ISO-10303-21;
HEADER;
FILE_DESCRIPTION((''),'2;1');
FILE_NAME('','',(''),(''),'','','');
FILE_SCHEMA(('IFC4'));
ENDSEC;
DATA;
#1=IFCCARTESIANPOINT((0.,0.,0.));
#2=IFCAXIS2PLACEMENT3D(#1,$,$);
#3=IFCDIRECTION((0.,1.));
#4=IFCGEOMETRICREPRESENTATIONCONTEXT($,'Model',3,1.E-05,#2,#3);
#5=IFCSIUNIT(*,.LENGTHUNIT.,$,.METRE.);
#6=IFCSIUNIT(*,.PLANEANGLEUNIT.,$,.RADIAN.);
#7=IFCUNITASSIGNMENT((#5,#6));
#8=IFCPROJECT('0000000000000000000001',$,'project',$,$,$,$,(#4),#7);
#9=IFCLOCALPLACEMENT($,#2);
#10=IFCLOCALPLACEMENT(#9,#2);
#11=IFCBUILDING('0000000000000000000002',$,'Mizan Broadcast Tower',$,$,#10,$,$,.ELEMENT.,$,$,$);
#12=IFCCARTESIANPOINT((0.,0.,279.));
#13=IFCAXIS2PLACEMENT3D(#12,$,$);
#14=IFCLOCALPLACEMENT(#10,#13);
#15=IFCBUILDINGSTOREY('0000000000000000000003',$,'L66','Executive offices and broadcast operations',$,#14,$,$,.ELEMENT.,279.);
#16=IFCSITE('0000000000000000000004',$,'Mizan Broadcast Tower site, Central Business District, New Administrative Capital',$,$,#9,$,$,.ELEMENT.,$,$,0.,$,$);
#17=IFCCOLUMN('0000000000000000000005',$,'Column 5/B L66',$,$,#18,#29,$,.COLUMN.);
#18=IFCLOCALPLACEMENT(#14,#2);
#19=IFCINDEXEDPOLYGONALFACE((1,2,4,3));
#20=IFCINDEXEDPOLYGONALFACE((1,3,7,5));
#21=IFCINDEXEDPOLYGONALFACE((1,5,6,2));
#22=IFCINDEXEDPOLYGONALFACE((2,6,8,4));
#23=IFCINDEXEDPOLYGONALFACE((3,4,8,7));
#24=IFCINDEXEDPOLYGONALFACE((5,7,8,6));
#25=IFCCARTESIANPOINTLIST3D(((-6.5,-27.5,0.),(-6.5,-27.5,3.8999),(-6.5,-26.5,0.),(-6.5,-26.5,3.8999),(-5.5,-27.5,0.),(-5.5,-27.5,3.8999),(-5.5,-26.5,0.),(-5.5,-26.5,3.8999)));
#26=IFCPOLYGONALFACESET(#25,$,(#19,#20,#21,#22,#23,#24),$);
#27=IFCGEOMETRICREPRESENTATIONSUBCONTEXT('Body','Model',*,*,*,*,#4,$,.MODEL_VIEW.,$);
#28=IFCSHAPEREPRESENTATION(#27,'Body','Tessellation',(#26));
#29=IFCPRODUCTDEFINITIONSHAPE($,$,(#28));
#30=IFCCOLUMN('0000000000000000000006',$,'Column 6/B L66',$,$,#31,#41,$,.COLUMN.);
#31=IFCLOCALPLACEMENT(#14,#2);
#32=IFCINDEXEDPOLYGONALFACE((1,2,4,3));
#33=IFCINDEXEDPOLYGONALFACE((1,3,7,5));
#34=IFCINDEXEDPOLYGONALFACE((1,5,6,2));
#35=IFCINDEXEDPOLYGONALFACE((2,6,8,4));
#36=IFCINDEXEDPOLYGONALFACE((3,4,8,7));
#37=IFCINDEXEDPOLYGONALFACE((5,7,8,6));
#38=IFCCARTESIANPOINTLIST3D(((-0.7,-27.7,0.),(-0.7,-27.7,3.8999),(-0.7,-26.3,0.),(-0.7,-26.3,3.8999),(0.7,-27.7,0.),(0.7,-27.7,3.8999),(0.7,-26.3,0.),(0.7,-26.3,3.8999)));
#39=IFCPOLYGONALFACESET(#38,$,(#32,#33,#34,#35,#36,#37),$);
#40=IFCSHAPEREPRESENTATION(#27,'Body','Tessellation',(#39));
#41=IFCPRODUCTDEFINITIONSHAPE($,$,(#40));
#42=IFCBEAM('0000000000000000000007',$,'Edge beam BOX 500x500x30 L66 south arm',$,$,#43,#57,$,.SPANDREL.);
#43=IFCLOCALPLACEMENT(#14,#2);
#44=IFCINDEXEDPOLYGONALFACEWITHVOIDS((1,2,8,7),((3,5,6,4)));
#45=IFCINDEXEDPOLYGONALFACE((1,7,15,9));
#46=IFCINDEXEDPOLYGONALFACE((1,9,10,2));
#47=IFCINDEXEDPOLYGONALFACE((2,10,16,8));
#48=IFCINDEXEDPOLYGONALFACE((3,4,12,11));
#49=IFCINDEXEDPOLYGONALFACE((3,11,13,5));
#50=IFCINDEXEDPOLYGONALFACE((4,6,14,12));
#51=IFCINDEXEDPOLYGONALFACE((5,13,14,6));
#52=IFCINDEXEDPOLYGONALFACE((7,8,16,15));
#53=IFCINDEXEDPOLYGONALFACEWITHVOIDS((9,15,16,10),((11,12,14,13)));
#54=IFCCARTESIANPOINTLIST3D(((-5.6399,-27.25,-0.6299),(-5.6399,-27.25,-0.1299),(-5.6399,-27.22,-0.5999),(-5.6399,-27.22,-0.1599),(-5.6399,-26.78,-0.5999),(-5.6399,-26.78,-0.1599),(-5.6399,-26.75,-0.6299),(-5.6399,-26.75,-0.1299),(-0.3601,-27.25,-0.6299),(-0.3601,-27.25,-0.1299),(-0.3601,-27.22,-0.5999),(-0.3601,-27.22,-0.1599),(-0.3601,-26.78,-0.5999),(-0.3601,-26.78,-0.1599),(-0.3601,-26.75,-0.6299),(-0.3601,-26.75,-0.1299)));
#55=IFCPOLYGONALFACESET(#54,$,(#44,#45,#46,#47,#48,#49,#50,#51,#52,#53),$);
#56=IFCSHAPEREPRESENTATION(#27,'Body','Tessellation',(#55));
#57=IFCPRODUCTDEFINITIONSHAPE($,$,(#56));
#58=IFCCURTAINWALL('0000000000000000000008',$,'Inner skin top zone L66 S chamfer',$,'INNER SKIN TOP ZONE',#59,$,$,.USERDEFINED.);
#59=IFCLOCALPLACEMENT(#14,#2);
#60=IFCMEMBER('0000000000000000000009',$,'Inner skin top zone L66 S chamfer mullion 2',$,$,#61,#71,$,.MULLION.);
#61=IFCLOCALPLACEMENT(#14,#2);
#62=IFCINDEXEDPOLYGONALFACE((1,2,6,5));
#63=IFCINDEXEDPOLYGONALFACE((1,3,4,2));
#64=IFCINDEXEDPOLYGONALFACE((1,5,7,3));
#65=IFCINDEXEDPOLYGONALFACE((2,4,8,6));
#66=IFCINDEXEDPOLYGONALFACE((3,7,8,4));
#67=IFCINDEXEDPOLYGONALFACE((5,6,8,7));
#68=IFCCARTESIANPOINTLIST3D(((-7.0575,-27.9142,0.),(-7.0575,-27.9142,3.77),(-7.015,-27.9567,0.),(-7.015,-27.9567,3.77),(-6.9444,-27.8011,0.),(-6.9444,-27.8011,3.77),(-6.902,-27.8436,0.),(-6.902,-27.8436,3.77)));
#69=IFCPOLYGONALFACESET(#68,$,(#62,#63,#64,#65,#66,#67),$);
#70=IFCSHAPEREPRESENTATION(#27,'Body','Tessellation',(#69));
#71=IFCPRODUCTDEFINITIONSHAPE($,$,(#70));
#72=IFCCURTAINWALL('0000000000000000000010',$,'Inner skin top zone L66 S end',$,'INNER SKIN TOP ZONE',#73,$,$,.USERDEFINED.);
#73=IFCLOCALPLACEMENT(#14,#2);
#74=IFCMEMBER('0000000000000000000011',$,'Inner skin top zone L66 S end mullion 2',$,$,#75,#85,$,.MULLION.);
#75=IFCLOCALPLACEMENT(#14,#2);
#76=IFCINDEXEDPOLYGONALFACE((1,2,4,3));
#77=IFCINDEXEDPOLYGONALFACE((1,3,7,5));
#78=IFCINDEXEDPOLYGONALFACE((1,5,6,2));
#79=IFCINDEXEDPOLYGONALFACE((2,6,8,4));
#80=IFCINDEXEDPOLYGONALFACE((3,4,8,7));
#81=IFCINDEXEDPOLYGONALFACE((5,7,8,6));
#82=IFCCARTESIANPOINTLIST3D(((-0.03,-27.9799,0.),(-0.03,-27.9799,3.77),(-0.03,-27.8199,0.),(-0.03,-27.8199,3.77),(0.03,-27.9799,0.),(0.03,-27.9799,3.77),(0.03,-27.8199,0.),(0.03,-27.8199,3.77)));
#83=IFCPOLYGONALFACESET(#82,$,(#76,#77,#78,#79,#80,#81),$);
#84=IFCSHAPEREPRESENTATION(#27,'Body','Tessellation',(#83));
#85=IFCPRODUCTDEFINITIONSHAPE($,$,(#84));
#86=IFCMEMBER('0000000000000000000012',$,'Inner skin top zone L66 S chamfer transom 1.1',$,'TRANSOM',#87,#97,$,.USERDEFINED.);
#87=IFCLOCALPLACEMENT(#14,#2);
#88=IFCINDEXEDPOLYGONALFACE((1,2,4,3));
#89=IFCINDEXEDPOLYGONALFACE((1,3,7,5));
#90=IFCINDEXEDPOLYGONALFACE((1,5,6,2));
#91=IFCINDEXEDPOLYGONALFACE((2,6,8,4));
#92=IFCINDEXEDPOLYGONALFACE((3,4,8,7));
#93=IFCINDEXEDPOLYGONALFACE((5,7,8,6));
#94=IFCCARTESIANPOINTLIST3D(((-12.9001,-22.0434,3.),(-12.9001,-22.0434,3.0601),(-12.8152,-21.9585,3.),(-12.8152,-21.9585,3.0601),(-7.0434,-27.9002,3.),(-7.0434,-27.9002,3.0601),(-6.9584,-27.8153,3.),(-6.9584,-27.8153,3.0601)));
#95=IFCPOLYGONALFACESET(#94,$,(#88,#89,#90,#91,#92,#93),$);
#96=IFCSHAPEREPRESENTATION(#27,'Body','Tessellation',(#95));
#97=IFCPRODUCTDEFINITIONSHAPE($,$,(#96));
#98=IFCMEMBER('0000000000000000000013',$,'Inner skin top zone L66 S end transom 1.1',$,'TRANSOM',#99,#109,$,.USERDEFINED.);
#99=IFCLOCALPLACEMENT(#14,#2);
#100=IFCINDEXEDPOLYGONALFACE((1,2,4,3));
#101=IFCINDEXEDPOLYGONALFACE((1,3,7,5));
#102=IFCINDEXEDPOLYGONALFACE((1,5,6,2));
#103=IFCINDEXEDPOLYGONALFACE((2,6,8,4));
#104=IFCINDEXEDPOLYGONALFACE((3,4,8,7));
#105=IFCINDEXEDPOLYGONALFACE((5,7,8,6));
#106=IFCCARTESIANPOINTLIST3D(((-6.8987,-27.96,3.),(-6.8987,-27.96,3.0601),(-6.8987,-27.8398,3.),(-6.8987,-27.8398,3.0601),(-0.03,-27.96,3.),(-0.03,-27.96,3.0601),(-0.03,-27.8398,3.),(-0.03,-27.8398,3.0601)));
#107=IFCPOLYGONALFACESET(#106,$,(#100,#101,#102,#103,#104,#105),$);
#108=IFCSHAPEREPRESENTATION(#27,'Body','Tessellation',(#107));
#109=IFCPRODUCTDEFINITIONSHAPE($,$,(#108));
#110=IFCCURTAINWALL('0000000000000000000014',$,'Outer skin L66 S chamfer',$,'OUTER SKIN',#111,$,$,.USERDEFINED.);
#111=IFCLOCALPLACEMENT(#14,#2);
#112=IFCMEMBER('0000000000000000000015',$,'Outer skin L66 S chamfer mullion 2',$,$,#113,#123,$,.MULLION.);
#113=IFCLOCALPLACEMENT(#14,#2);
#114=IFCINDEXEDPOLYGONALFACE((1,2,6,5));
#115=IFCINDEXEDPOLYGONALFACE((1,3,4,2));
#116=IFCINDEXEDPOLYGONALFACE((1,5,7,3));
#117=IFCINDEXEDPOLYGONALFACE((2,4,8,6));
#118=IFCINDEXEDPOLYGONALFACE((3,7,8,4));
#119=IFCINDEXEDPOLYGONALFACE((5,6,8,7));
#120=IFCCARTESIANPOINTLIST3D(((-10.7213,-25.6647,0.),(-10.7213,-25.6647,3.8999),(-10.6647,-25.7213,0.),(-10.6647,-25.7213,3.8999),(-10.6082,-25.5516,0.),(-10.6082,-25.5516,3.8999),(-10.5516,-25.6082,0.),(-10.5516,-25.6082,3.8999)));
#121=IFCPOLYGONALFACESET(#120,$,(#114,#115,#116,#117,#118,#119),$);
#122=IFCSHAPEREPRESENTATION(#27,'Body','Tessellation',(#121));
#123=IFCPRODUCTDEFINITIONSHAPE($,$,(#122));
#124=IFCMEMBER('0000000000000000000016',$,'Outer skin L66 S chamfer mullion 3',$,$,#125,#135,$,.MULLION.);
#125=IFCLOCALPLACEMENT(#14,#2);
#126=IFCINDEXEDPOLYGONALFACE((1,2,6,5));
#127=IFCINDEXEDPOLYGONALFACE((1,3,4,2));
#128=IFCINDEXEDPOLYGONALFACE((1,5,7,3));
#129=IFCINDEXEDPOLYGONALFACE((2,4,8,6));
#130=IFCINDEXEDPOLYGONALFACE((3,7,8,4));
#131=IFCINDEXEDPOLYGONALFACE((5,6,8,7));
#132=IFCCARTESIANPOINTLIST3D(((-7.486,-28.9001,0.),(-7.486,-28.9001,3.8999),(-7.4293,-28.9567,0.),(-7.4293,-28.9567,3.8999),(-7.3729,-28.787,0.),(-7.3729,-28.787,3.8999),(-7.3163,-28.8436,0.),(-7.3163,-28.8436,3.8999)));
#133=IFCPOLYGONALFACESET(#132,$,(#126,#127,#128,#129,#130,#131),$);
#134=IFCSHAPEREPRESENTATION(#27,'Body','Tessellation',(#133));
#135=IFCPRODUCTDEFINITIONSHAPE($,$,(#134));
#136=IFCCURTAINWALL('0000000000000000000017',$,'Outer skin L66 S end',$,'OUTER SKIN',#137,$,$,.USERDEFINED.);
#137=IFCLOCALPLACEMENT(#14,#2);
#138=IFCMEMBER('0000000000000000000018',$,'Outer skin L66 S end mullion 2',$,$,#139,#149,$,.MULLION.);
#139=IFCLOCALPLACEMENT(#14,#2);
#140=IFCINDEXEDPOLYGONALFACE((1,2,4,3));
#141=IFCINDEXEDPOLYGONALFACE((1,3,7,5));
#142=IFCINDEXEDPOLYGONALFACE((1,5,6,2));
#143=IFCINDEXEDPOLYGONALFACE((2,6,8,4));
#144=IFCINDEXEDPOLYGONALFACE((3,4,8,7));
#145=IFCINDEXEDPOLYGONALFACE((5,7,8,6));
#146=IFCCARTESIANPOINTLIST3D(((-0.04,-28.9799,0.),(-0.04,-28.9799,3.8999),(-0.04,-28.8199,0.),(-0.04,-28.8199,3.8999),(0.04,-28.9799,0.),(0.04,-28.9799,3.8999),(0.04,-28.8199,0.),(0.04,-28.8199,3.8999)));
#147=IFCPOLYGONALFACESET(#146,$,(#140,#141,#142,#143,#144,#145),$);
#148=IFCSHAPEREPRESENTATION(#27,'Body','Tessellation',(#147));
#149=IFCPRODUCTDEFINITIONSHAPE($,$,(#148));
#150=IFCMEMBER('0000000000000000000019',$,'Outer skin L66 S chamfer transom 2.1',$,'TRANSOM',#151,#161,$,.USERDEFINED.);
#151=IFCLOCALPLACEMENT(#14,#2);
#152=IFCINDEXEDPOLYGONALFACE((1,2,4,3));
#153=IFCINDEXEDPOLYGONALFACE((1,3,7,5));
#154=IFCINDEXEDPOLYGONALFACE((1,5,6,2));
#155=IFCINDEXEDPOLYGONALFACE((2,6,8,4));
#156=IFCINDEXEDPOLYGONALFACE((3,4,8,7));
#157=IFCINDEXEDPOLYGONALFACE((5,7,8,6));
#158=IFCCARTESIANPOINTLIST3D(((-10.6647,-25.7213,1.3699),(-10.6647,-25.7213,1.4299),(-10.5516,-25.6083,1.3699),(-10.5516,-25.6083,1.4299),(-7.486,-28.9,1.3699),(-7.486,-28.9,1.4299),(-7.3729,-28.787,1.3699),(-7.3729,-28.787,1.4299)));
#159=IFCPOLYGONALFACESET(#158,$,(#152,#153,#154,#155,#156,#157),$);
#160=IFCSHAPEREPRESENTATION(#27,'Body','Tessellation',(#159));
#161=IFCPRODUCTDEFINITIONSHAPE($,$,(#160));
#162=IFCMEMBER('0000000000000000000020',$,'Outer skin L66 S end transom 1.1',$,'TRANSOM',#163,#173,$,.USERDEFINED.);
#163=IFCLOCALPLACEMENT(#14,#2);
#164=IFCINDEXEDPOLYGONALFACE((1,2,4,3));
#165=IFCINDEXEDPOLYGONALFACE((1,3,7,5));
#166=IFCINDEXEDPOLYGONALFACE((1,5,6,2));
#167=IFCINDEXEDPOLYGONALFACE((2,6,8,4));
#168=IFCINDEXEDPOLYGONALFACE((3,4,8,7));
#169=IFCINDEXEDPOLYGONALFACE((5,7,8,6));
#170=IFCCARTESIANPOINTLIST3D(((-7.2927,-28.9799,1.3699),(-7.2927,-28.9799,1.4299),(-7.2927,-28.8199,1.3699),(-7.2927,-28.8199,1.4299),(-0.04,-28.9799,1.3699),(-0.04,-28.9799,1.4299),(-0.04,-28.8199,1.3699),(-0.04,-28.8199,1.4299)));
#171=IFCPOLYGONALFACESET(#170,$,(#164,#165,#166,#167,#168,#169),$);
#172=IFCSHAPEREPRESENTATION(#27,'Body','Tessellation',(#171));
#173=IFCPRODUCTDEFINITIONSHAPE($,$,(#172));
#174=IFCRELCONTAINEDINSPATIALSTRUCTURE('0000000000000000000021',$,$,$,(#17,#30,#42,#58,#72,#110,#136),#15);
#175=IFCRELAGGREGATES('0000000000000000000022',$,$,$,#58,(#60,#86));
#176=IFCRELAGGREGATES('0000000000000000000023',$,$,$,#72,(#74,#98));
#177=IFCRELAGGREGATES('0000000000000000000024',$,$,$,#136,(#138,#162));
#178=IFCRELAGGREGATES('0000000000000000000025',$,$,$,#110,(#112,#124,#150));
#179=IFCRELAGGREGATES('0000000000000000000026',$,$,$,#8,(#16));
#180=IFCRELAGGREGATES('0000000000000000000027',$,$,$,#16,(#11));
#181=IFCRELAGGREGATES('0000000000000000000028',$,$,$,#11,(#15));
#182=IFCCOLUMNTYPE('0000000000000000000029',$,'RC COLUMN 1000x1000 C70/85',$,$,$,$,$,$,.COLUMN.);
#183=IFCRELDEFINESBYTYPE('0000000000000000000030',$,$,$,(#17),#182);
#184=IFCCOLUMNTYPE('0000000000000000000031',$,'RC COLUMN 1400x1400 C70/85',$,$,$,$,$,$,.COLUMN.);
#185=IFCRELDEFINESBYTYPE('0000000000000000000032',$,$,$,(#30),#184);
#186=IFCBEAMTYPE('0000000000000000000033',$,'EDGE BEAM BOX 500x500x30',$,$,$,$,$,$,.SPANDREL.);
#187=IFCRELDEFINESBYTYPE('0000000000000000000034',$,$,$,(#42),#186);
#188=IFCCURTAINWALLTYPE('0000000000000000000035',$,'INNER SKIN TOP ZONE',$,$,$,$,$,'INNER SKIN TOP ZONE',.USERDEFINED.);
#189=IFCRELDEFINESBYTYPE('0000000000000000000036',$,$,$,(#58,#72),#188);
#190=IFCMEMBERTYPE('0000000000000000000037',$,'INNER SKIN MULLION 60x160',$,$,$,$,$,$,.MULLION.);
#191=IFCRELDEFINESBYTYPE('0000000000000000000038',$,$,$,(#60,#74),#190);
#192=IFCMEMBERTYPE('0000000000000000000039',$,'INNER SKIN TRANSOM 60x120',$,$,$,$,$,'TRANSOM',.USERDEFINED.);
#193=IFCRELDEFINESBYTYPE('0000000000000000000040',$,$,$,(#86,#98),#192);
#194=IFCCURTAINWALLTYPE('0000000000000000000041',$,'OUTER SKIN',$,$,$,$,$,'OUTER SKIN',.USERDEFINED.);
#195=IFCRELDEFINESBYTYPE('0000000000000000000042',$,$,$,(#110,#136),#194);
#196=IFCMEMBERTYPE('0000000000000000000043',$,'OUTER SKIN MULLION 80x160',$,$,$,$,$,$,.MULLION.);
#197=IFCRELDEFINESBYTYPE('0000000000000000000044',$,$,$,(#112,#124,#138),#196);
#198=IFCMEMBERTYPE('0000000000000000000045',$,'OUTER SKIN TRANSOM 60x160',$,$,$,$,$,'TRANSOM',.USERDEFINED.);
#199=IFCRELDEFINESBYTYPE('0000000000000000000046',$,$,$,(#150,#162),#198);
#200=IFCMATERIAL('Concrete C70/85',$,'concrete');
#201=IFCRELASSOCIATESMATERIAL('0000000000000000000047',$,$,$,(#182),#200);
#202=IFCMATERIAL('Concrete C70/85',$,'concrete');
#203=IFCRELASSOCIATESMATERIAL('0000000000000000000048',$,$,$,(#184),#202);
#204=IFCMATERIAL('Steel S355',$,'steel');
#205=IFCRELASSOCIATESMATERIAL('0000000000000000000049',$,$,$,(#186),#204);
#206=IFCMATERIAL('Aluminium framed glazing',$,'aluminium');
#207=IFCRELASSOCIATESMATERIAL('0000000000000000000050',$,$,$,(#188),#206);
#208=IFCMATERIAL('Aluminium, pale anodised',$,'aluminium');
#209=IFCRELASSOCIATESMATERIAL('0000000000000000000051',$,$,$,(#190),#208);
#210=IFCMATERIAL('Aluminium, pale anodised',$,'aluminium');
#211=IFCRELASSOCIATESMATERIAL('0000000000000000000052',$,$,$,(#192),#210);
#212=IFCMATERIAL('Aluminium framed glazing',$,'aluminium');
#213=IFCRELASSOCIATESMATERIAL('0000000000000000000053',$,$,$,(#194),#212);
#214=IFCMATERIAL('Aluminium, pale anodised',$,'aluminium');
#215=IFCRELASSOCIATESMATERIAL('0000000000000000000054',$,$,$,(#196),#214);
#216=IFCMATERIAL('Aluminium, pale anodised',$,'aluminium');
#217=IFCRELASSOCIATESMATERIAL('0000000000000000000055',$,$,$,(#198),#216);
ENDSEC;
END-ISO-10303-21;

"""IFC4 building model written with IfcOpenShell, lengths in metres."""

from ifc_helpers import new_model, si_unit, direction, frame, origin, origin_2d, place, context, subcontext, project, spatial, rectangle, hollow_rectangle, extrude, material, material_profile, profile_set, type_object, element, aggregate, save


model = new_model("IFC4")

# Units and contexts
model_context = context("Model", 3, precision=1e-05, world=origin(), true_north=direction((0.0, 1.0)))
body_context = subcontext(model_context, "Body", "Model", "MODEL_VIEW")
ifc_project = project(units=[si_unit("LENGTHUNIT", "METRE"), si_unit("PLANEANGLEUNIT", "RADIAN")], contexts=[model_context])

# Site, building, storey
site_placement = place(None, origin())
site = spatial("IfcSite", under=ifc_project, at=site_placement, Name="Mizan Broadcast Tower site, Central Business District, New Administrative Capital", CompositionType="ELEMENT", RefElevation=0.0)
building_placement = place(site_placement, origin())
building = spatial("IfcBuilding", under=site, at=building_placement, Name="Mizan Broadcast Tower", CompositionType="ELEMENT")
storey_placement = place(building_placement, frame((0.0, 0.0, 279.0)))
storey = spatial("IfcBuildingStorey", under=building, at=storey_placement, Name="L66", Description="Executive offices and broadcast operations", CompositionType="ELEMENT", Elevation=279.0)

# Columns
ifc_material_1 = material(Name="Concrete C70/85", Category="concrete")
ifc_material_profile_1 = material_profile(ifc_material_1, rectangle(XDim=1.0, YDim=1.0, at=origin_2d()), Name="RC 1000x1000")
ifc_profile_set_1 = profile_set([ifc_material_profile_1], Name="Concrete C70/85")
column_type_1 = type_object("IfcColumnType", Name="RC COLUMN 1000x1000 C70/85", PredefinedType="COLUMN", material=ifc_profile_set_1)
column_1_placement = place(storey_placement, frame((-6.0, -27.0, 0.0), z_axis=(0.0, 0.0, 1.0), x_axis=(1.0, 0.0, 0.0)))
element("IfcColumn", 1, at=column_1_placement, inside=storey, type_object=column_type_1, Name="Column 5/B L66", PredefinedType="COLUMN", context=body_context, shape_type="SweptSolid", body=[
    extrude(rectangle(XDim=1.0, YDim=1.0, at=origin_2d()), origin(), (0.0, 0.0, 1.0), 3.8999),
])
ifc_material_2 = material(Name="Concrete C70/85", Category="concrete")
ifc_material_profile_2 = material_profile(ifc_material_2, rectangle(XDim=1.3999, YDim=1.3999, at=origin_2d()), Name="RC 1400x1400")
ifc_profile_set_2 = profile_set([ifc_material_profile_2], Name="Concrete C70/85")
column_type_2 = type_object("IfcColumnType", Name="RC COLUMN 1400x1400 C70/85", PredefinedType="COLUMN", material=ifc_profile_set_2)
column_2_placement = place(storey_placement, frame((0.0, -27.0, 0.0), z_axis=(0.0, 0.0, 1.0), x_axis=(1.0, 0.0, 0.0)))
element("IfcColumn", 2, at=column_2_placement, inside=storey, type_object=column_type_2, Name="Column 6/B L66", PredefinedType="COLUMN", context=body_context, shape_type="SweptSolid", body=[
    extrude(rectangle(XDim=1.3999, YDim=1.3999, at=origin_2d()), origin(), (0.0, 0.0, 1.0), 3.8999),
])

# Beam
ifc_material_3 = material(Name="Steel S355", Category="steel")
ifc_material_profile_3 = material_profile(ifc_material_3, hollow_rectangle(XDim=0.5, YDim=0.5, WallThickness=0.03, at=origin_2d()), Name="BOX 500x500x30")
ifc_profile_set_3 = profile_set([ifc_material_profile_3], Name="Steel S355")
beam_type_1 = type_object("IfcBeamType", Name="EDGE BEAM BOX 500x500x30", PredefinedType="SPANDREL", material=ifc_profile_set_3)
beam_1_placement = place(storey_placement, frame((-5.6399, -27.0, -0.3799), z_axis=(1.0, 0.0, 0.0), x_axis=(0.0, 1.0, 0.0)))
element("IfcBeam", 3, at=beam_1_placement, inside=storey, type_object=beam_type_1, Name="Edge beam BOX 500x500x30 L66 south arm", PredefinedType="SPANDREL", context=body_context, shape_type="SweptSolid", body=[
    extrude(hollow_rectangle(XDim=0.5, YDim=0.5, WallThickness=0.03, at=origin_2d()), origin(), (0.0, 0.0, 1.0), 5.2798),
])

# Curtain walls, members
ifc_material_4 = material(Name="Aluminium framed glazing", Category="aluminium")
curtain_wall_type_1 = type_object("IfcCurtainWallType", Name="INNER SKIN TOP ZONE", ElementType="INNER SKIN TOP ZONE", PredefinedType="USERDEFINED", material=ifc_material_4)
curtain_wall_1_placement = place(storey_placement, origin())
curtain_wall_1 = element("IfcCurtainWall", 4, at=curtain_wall_1_placement, inside=storey, type_object=curtain_wall_type_1, Name="Inner skin top zone L66 S chamfer", ObjectType="INNER SKIN TOP ZONE", PredefinedType="USERDEFINED")
ifc_material_5 = material(Name="Aluminium, pale anodised", Category="aluminium")
ifc_material_profile_4 = material_profile(ifc_material_5, rectangle(XDim=0.1599, YDim=0.0601, at=origin_2d()), Name="MULLION 160x60")
ifc_profile_set_4 = profile_set([ifc_material_profile_4], Name="Aluminium, pale anodised")
member_type_1 = type_object("IfcMemberType", Name="INNER SKIN MULLION 60x160", PredefinedType="MULLION", material=ifc_profile_set_4)
member_1_placement = place(storey_placement, frame((-6.9797, -27.8789, 0.0), z_axis=(0.0, 0.0, 1.0), x_axis=(0.707107, 0.707107, 0.0)))
member_1 = element("IfcMember", 5, at=member_1_placement, type_object=member_type_1, Name="Inner skin top zone L66 S chamfer mullion 2", PredefinedType="MULLION", context=body_context, shape_type="SweptSolid", body=[
    extrude(rectangle(XDim=0.1599, YDim=0.0601, at=origin_2d()), origin(), (0.0, 0.0, 1.0), 3.77),
])
curtain_wall_2_placement = place(storey_placement, origin())
curtain_wall_2 = element("IfcCurtainWall", 6, at=curtain_wall_2_placement, inside=storey, type_object=curtain_wall_type_1, Name="Inner skin top zone L66 S end", ObjectType="INNER SKIN TOP ZONE", PredefinedType="USERDEFINED")
member_2_placement = place(storey_placement, frame((0.0, -27.8999, 0.0), z_axis=(0.0, 0.0, 1.0), x_axis=(0.0, 1.0, 0.0)))
member_2 = element("IfcMember", 7, at=member_2_placement, type_object=member_type_1, Name="Inner skin top zone L66 S end mullion 2", PredefinedType="MULLION", context=body_context, shape_type="SweptSolid", body=[
    extrude(rectangle(XDim=0.1599, YDim=0.0601, at=origin_2d()), origin(), (0.0, 0.0, 1.0), 3.77),
])

# Members
ifc_material_6 = material(Name="Aluminium, pale anodised", Category="aluminium")
ifc_material_profile_5 = material_profile(ifc_material_6, rectangle(XDim=0.1201, YDim=0.0601, at=origin_2d()), Name="TRANSOM 120x60")
ifc_profile_set_5 = profile_set([ifc_material_profile_5], Name="Aluminium, pale anodised")
member_type_2 = type_object("IfcMemberType", Name="INNER SKIN TRANSOM 60x120", ElementType="TRANSOM", PredefinedType="USERDEFINED", material=ifc_profile_set_5)
member_3_placement = place(storey_placement, frame((-12.8577, -22.001, 3.03), z_axis=(0.707107, -0.707107, 0.0), x_axis=(0.707107, 0.707107, 0.0)))
member_3 = element("IfcMember", 8, at=member_3_placement, type_object=member_type_2, Name="Inner skin top zone L66 S chamfer transom 1.1", ObjectType="TRANSOM", PredefinedType="USERDEFINED", context=body_context, shape_type="SweptSolid", body=[
    extrude(rectangle(XDim=0.1201, YDim=0.0601, at=origin_2d()), origin(), (0.0, 0.0, 1.0), 8.2827),
])
member_4_placement = place(storey_placement, frame((-6.8987, -27.8999, 3.03), z_axis=(1.0, 0.0, 0.0), x_axis=(0.0, 1.0, 0.0)))
member_4 = element("IfcMember", 9, at=member_4_placement, type_object=member_type_2, Name="Inner skin top zone L66 S end transom 1.1", ObjectType="TRANSOM", PredefinedType="USERDEFINED", context=body_context, shape_type="SweptSolid", body=[
    extrude(rectangle(XDim=0.1201, YDim=0.0601, at=origin_2d()), origin(), (0.0, 0.0, 1.0), 6.8687),
])

# Curtain wall, members
ifc_material_7 = material(Name="Aluminium framed glazing", Category="aluminium")
curtain_wall_type_2 = type_object("IfcCurtainWallType", Name="OUTER SKIN", ElementType="OUTER SKIN", PredefinedType="USERDEFINED", material=ifc_material_7)
curtain_wall_3_placement = place(storey_placement, origin())
curtain_wall_3 = element("IfcCurtainWall", 10, at=curtain_wall_3_placement, inside=storey, type_object=curtain_wall_type_2, Name="Outer skin L66 S chamfer", ObjectType="OUTER SKIN", PredefinedType="USERDEFINED")
ifc_material_8 = material(Name="Aluminium, pale anodised", Category="aluminium")
ifc_material_profile_6 = material_profile(ifc_material_8, rectangle(XDim=0.1599, YDim=0.0801, at=origin_2d()), Name="MULLION 160x80")
ifc_profile_set_6 = profile_set([ifc_material_profile_6], Name="Aluminium, pale anodised")
member_type_3 = type_object("IfcMemberType", Name="OUTER SKIN MULLION 80x160", PredefinedType="MULLION", material=ifc_profile_set_6)
member_5_placement = place(storey_placement, frame((-10.6365, -25.6365, 0.0), z_axis=(0.0, 0.0, 1.0), x_axis=(0.707107, 0.707107, 0.0)))
member_5 = element("IfcMember", 11, at=member_5_placement, type_object=member_type_3, Name="Outer skin L66 S chamfer mullion 2", PredefinedType="MULLION", context=body_context, shape_type="SweptSolid", body=[
    extrude(rectangle(XDim=0.1599, YDim=0.0801, at=origin_2d()), origin(), (0.0, 0.0, 1.0), 3.8999),
])
member_6_placement = place(storey_placement, frame((-7.4011, -28.8718, 0.0), z_axis=(0.0, 0.0, 1.0), x_axis=(0.707107, 0.707107, 0.0)))
member_6 = element("IfcMember", 12, at=member_6_placement, type_object=member_type_3, Name="Outer skin L66 S chamfer mullion 3", PredefinedType="MULLION", context=body_context, shape_type="SweptSolid", body=[
    extrude(rectangle(XDim=0.1599, YDim=0.0801, at=origin_2d()), origin(), (0.0, 0.0, 1.0), 3.8999),
])

# Curtain wall, member
curtain_wall_4_placement = place(storey_placement, origin())
curtain_wall_4 = element("IfcCurtainWall", 13, at=curtain_wall_4_placement, inside=storey, type_object=curtain_wall_type_2, Name="Outer skin L66 S end", ObjectType="OUTER SKIN", PredefinedType="USERDEFINED")
member_7_placement = place(storey_placement, frame((0.0, -28.8999, 0.0), z_axis=(0.0, 0.0, 1.0), x_axis=(0.0, 1.0, 0.0)))
member_7 = element("IfcMember", 14, at=member_7_placement, type_object=member_type_3, Name="Outer skin L66 S end mullion 2", PredefinedType="MULLION", context=body_context, shape_type="SweptSolid", body=[
    extrude(rectangle(XDim=0.1599, YDim=0.0801, at=origin_2d()), origin(), (0.0, 0.0, 1.0), 3.8999),
])

# Members
ifc_material_9 = material(Name="Aluminium, pale anodised", Category="aluminium")
ifc_material_profile_7 = material_profile(ifc_material_9, rectangle(XDim=0.1599, YDim=0.0601, at=origin_2d()), Name="TRANSOM 160x60")
ifc_profile_set_7 = profile_set([ifc_material_profile_7], Name="Aluminium, pale anodised")
member_type_4 = type_object("IfcMemberType", Name="OUTER SKIN TRANSOM 60x160", ElementType="TRANSOM", PredefinedType="USERDEFINED", material=ifc_profile_set_7)
member_8_placement = place(storey_placement, frame((-10.6082, -25.6648, 1.3999), z_axis=(0.707107, -0.707107, 0.0), x_axis=(0.707107, 0.707107, 0.0)))
member_8 = element("IfcMember", 15, at=member_8_placement, type_object=member_type_4, Name="Outer skin L66 S chamfer transom 2.1", ObjectType="TRANSOM", PredefinedType="USERDEFINED", context=body_context, shape_type="SweptSolid", body=[
    extrude(rectangle(XDim=0.1599, YDim=0.0601, at=origin_2d()), origin(), (0.0, 0.0, 1.0), 4.4954),
])
member_9_placement = place(storey_placement, frame((-7.2927, -28.8999, 1.3999), z_axis=(1.0, 0.0, 0.0), x_axis=(0.0, 1.0, 0.0)))
member_9 = element("IfcMember", 16, at=member_9_placement, type_object=member_type_4, Name="Outer skin L66 S end transom 1.1", ObjectType="TRANSOM", PredefinedType="USERDEFINED", context=body_context, shape_type="SweptSolid", body=[
    extrude(rectangle(XDim=0.1599, YDim=0.0601, at=origin_2d()), origin(), (0.0, 0.0, 1.0), 7.2527),
])

aggregate(curtain_wall_1, [member_1, member_3])
aggregate(curtain_wall_2, [member_2, member_4])
aggregate(curtain_wall_4, [member_7, member_9])
aggregate(curtain_wall_3, [member_5, member_6, member_8])

save(model, "model.ifc")
